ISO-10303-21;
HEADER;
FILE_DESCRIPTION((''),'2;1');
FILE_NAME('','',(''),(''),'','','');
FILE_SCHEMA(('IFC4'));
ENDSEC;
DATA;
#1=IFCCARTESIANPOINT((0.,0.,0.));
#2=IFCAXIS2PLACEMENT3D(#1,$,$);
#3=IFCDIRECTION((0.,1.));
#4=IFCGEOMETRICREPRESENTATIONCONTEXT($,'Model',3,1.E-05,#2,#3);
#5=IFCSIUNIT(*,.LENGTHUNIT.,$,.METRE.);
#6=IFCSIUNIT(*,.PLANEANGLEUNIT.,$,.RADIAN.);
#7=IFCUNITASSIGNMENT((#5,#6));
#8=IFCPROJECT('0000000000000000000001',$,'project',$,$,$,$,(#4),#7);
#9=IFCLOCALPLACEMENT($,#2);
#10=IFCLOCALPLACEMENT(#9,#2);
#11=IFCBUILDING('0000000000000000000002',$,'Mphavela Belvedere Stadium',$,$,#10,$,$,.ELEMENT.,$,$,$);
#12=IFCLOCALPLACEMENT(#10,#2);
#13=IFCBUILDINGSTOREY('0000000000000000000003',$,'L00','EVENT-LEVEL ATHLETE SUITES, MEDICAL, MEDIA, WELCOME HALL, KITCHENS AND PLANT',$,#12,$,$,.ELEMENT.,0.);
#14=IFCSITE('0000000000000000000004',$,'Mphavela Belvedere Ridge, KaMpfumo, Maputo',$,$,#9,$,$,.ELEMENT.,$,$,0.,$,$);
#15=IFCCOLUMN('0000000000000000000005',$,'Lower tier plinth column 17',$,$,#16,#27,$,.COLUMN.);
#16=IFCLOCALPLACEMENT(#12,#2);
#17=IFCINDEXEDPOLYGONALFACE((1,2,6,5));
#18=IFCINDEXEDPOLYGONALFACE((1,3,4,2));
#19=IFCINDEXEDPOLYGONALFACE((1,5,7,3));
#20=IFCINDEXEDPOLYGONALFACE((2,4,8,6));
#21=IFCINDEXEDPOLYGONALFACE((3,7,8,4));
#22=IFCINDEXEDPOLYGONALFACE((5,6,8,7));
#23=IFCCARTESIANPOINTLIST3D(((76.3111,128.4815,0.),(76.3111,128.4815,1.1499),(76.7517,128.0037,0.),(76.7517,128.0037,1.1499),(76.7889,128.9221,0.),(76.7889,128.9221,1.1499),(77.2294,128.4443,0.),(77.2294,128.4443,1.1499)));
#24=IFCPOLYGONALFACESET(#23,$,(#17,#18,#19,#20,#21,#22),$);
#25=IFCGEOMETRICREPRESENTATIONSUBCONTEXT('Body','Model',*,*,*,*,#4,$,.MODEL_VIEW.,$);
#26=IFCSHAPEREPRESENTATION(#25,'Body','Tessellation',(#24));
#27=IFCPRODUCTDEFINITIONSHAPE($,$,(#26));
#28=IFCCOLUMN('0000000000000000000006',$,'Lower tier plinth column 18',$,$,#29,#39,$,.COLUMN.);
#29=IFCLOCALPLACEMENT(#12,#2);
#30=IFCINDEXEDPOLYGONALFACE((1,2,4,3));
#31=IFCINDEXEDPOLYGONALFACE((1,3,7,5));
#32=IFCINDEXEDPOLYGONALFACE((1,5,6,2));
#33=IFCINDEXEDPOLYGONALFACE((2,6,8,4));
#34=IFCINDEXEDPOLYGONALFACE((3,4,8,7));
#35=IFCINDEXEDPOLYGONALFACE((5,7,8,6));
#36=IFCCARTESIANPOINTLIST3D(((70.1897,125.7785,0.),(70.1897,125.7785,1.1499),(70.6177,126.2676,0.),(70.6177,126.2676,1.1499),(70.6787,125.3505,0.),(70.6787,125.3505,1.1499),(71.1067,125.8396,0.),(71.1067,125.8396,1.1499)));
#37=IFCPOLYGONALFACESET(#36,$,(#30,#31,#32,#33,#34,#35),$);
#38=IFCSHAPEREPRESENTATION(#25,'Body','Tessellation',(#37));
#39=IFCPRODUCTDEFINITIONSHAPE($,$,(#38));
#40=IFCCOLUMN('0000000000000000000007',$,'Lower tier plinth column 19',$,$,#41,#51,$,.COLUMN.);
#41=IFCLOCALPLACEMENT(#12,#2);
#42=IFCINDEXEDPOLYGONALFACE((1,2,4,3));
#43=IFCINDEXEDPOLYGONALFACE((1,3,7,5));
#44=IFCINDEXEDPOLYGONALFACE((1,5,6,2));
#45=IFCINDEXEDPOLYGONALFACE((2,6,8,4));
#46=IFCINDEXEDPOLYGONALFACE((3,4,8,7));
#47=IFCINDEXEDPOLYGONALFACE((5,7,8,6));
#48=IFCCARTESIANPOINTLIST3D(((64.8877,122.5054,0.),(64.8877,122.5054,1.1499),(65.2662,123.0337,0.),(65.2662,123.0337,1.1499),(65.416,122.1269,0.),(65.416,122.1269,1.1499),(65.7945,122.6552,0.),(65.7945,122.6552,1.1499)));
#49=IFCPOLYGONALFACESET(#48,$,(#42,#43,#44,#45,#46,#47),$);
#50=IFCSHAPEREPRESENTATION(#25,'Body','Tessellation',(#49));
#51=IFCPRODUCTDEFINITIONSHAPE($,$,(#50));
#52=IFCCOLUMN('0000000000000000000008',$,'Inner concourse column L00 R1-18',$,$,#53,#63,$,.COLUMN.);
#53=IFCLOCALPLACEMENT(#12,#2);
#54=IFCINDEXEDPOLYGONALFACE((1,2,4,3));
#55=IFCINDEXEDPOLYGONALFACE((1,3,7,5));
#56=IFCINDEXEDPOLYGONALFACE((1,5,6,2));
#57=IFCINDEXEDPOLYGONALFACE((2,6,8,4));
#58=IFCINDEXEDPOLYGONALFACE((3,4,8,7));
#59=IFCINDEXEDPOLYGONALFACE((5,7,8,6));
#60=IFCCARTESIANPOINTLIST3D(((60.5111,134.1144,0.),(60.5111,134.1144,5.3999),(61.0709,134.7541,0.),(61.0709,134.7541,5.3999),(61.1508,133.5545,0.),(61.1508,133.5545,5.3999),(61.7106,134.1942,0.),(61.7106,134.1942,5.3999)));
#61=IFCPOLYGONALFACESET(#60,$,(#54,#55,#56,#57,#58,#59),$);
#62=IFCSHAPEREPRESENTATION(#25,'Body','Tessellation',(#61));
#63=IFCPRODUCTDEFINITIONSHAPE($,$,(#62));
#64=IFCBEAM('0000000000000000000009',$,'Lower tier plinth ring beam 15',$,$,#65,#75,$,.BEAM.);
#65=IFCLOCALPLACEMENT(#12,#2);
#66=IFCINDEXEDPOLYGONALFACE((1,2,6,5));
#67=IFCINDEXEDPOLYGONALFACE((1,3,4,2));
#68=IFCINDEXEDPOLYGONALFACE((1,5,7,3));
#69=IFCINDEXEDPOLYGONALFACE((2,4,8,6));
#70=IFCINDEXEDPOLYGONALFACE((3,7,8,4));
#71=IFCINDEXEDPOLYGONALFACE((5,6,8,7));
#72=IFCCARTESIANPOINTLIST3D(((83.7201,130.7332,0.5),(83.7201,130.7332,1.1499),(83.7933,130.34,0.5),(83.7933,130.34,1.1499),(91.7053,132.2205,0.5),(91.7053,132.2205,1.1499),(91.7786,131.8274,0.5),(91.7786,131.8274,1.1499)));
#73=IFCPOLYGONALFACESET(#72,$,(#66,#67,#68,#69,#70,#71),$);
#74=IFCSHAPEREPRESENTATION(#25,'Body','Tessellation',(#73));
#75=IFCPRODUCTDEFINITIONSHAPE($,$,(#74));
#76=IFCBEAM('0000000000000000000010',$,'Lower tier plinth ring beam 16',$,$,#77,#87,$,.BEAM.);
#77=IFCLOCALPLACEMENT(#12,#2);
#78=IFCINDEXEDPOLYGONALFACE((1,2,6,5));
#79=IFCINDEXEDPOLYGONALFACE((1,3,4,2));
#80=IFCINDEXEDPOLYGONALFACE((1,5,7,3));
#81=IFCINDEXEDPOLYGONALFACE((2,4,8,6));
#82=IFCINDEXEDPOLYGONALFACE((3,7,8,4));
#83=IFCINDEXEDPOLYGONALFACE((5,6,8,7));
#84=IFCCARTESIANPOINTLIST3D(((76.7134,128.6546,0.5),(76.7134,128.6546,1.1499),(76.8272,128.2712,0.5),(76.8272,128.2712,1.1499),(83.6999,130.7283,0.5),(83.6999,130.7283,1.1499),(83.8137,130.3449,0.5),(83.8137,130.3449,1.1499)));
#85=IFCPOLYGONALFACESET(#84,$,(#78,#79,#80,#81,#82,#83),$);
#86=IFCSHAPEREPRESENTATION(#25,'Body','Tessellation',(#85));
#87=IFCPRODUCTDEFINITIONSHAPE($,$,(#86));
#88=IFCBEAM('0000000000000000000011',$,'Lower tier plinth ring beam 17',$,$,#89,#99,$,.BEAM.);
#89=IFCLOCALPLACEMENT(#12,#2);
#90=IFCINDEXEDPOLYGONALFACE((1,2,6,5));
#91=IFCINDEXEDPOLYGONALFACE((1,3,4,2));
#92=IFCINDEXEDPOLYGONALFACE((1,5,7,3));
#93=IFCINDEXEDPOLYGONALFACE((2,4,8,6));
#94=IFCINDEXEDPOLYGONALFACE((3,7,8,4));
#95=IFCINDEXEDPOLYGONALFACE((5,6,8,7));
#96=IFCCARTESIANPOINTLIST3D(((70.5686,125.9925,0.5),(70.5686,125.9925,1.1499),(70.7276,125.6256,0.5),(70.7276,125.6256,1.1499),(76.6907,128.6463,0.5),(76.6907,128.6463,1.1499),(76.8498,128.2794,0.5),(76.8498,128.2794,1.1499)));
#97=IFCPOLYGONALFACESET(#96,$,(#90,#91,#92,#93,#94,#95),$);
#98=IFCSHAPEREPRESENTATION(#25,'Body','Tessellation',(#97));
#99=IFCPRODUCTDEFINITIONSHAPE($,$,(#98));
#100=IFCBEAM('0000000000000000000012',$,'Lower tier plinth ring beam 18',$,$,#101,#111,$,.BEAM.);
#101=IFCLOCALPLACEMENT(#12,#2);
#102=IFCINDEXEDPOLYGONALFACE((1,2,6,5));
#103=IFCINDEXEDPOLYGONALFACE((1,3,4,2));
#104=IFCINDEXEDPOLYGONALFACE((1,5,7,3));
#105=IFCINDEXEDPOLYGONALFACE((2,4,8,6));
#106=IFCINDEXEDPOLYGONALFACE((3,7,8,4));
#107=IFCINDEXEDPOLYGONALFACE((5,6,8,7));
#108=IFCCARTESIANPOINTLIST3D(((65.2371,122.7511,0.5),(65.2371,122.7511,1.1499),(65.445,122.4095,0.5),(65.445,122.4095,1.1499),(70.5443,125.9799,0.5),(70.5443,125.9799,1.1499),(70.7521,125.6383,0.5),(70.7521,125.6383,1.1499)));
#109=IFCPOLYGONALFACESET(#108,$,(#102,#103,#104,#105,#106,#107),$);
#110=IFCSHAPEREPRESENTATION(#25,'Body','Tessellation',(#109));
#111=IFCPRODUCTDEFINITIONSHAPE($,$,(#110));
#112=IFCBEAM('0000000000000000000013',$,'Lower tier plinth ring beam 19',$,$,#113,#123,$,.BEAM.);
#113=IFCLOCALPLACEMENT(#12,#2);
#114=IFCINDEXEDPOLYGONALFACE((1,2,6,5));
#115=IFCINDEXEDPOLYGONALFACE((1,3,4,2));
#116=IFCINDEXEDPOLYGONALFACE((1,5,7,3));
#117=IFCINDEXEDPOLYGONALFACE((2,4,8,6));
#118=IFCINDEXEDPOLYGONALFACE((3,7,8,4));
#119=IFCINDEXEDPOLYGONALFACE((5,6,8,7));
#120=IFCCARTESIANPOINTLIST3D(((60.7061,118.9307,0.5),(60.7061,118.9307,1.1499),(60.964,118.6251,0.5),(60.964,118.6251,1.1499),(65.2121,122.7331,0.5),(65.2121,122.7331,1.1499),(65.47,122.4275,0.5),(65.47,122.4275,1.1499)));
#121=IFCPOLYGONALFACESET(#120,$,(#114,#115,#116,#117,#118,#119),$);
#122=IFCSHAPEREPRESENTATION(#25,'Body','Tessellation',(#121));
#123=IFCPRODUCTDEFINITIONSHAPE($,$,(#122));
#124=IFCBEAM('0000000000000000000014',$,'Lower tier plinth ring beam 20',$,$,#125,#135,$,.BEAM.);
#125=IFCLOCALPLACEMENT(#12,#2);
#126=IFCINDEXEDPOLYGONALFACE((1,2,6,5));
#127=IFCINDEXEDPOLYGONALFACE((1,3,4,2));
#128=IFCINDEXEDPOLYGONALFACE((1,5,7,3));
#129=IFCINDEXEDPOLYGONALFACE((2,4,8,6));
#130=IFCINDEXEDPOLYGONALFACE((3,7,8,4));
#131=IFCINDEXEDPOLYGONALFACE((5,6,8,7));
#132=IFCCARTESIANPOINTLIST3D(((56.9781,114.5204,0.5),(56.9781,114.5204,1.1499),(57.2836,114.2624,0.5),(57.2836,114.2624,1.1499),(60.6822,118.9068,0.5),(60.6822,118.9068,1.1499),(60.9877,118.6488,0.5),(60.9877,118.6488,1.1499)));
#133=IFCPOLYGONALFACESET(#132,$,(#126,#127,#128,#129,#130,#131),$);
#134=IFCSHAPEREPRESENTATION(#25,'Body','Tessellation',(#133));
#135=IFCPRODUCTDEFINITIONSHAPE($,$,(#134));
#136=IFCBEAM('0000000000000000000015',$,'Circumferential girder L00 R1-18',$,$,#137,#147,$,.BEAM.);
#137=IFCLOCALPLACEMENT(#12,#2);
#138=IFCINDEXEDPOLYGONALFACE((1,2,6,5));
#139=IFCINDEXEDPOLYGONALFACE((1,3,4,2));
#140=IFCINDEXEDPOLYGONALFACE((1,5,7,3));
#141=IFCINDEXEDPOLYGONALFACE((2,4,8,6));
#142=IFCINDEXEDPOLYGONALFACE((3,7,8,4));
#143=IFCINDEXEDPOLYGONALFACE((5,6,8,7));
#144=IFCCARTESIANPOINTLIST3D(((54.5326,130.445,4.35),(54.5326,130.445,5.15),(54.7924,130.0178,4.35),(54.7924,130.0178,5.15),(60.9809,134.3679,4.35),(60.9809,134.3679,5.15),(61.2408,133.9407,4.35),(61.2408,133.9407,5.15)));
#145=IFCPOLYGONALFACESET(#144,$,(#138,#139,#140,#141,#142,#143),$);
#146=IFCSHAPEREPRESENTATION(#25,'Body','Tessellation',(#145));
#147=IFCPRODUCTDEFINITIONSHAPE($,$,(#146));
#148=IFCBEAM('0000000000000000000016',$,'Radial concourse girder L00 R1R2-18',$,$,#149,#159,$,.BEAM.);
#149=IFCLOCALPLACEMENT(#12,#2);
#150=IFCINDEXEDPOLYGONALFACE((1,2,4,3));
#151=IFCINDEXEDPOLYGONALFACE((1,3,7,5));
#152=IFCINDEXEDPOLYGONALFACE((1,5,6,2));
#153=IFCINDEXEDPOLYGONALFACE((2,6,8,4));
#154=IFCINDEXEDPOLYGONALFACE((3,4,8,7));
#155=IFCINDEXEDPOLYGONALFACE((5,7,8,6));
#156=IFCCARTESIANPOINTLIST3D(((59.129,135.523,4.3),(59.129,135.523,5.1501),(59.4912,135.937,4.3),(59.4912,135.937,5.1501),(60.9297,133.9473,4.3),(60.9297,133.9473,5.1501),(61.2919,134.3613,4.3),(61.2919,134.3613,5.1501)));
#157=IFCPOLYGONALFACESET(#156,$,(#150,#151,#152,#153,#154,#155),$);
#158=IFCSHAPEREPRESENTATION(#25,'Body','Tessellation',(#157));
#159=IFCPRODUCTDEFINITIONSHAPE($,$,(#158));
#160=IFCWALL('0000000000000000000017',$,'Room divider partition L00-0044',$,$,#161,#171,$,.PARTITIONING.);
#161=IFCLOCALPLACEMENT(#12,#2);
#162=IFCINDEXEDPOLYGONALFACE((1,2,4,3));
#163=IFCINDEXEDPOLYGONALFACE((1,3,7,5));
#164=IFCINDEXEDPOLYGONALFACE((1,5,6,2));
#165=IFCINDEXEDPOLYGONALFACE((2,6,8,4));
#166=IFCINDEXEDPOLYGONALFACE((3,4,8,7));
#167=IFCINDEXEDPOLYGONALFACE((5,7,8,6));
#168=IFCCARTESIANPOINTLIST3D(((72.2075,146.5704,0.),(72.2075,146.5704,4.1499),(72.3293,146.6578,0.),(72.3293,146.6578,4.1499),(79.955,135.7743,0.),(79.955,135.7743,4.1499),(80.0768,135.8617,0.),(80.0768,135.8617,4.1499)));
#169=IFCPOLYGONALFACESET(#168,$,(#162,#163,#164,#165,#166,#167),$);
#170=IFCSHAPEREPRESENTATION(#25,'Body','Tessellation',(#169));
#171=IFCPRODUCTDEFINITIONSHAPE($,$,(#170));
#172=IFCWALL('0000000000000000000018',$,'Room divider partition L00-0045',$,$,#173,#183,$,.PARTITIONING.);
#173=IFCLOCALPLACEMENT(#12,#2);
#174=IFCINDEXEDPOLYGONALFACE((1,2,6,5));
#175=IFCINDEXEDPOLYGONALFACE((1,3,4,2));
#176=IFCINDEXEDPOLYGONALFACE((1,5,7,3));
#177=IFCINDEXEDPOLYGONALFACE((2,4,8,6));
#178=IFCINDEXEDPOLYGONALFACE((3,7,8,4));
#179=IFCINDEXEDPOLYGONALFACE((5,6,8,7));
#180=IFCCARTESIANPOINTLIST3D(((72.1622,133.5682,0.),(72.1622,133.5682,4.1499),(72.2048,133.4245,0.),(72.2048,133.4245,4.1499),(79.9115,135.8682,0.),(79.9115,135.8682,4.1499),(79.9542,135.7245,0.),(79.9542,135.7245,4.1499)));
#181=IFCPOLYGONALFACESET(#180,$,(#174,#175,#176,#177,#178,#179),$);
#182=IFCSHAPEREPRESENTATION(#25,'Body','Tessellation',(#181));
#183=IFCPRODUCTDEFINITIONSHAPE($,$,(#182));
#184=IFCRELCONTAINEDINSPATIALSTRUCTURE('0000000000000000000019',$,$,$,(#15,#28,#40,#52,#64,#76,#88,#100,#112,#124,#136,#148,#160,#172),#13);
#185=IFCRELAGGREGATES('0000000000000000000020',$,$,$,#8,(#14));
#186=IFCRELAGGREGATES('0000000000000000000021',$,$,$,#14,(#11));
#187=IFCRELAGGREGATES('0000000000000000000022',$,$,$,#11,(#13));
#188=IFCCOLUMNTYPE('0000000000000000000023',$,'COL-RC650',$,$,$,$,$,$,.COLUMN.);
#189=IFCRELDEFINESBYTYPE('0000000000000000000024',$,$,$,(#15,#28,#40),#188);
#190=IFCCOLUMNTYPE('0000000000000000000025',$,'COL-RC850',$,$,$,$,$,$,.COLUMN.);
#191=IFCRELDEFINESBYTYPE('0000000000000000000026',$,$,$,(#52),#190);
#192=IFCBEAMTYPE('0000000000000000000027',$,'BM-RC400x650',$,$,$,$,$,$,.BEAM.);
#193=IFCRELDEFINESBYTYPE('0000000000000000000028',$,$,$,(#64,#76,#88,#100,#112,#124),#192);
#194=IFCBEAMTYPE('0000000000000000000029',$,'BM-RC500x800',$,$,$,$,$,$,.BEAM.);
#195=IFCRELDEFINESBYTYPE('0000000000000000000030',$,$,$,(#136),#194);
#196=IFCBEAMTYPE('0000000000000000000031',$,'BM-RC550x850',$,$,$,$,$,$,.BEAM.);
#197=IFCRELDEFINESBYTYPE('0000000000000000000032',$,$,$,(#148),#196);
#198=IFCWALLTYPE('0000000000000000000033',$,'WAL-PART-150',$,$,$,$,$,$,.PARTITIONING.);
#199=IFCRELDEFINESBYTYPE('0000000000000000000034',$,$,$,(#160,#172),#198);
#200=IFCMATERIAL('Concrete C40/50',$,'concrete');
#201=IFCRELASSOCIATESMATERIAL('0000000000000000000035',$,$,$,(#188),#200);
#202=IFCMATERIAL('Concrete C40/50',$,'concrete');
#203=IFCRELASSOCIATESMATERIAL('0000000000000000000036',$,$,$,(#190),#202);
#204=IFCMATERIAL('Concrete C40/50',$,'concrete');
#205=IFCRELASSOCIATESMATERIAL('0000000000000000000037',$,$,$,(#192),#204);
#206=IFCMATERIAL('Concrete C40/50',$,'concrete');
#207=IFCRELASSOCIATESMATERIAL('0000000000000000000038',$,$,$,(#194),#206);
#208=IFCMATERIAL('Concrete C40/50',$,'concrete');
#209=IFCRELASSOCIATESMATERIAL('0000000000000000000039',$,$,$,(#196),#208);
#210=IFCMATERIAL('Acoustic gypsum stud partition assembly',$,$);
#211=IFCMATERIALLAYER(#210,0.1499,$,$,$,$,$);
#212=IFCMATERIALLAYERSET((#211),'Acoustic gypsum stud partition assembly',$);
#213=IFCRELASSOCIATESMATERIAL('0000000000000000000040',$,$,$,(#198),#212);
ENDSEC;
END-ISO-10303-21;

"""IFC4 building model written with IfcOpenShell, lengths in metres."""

from ifc_helpers import new_model, si_unit, direction, frame, frame_2d, origin, origin_2d, place, context, subcontext, project, spatial, rectangle, extrude, material, layer, layer_set, material_profile, profile_set, type_object, element, save


model = new_model("IFC4")

# Units and contexts
model_context = context("Model", 3, precision=1e-05, world=origin(), true_north=direction((0.0, 1.0)))
body_context = subcontext(model_context, "Body", "Model", "MODEL_VIEW")
ifc_project = project(units=[si_unit("LENGTHUNIT", "METRE"), si_unit("PLANEANGLEUNIT", "RADIAN")], contexts=[model_context])

# Site, building, storey
site_placement = place(None, origin())
site = spatial("IfcSite", under=ifc_project, at=site_placement, Name="Mphavela Belvedere Ridge, KaMpfumo, Maputo", CompositionType="ELEMENT", RefElevation=0.0)
building_placement = place(site_placement, origin())
building = spatial("IfcBuilding", under=site, at=building_placement, Name="Mphavela Belvedere Stadium", CompositionType="ELEMENT")
storey_placement = place(building_placement, origin())
storey = spatial("IfcBuildingStorey", under=building, at=storey_placement, Name="L00", Description="EVENT-LEVEL ATHLETE SUITES, MEDICAL, MEDIA, WELCOME HALL, KITCHENS AND PLANT", CompositionType="ELEMENT", Elevation=0.0)

# Columns
ifc_material_1 = material(Name="Concrete C40/50", Category="concrete")
ifc_material_profile_1 = material_profile(ifc_material_1, rectangle(XDim=0.6499, YDim=0.6499, at=origin_2d()), Name="RC 650x650")
ifc_profile_set_1 = profile_set([ifc_material_profile_1], Name="Concrete C40/50")
column_type_1 = type_object("IfcColumnType", Name="COL-RC650", PredefinedType="COLUMN", material=ifc_profile_set_1)
for number, where, z_axis, x_axis, name in (
    (1, (76.7703, 128.4629, 0.0), (0.0, 0.0, 1.0), (-0.677903, 0.735151, 0.0), "Lower tier plinth column 17"),
    (2, (70.6482, 125.8091, 0.0), (0.0, 0.0, 1.0), (-0.75253, 0.658558, 0.0), "Lower tier plinth column 18"),
    (3, (65.3411, 122.5803, 0.0), (0.0, 0.0, 1.0), (-0.812898, 0.582407, 0.0), "Lower tier plinth column 19"),
):
    element("IfcColumn", number, at=place(storey_placement, frame(where, z_axis=z_axis, x_axis=x_axis)), inside=storey, type_object=column_type_1, Name=name, PredefinedType="COLUMN", context=body_context, shape_type="SweptSolid", body=[
        extrude(rectangle(XDim=0.6499, YDim=0.6499, at=origin_2d()), origin(), (0.0, 0.0, 1.0), 1.1499),
    ])
ifc_material_2 = material(Name="Concrete C40/50", Category="concrete")
ifc_material_profile_2 = material_profile(ifc_material_2, rectangle(XDim=0.8501, YDim=0.8501, at=origin_2d()), Name="RC 850x850")
ifc_profile_set_2 = profile_set([ifc_material_profile_2], Name="Concrete C40/50")
column_type_2 = type_object("IfcColumnType", Name="COL-RC850", PredefinedType="COLUMN", material=ifc_profile_set_2)
column_placement = place(storey_placement, frame((61.1108, 134.1543, 0.0), z_axis=(0.0, 0.0, 1.0), x_axis=(-0.75253, 0.658558, 0.0)))
element("IfcColumn", 4, at=column_placement, inside=storey, type_object=column_type_2, Name="Inner concourse column L00 R1-18", PredefinedType="COLUMN", context=body_context, shape_type="SweptSolid", body=[
    extrude(rectangle(XDim=0.8501, YDim=0.8501, at=origin_2d()), origin(), (0.0, 0.0, 1.0), 5.3999),
])

# Beams
ifc_material_3 = material(Name="Concrete C40/50", Category="concrete")
ifc_material_profile_3 = material_profile(ifc_material_3, rectangle(XDim=0.3999, YDim=0.6499, at=origin_2d()), Name="RC 400x650")
ifc_profile_set_3 = profile_set([ifc_material_profile_3], Name="Concrete C40/50")
beam_type_1 = type_object("IfcBeamType", Name="BM-RC400x650", PredefinedType="BEAM", material=ifc_profile_set_3)
beam_1_placement = place(storey_placement, frame((91.7419, 132.0239, 0.825), z_axis=(-0.983092, -0.183111, 0.0), x_axis=(0.183111, -0.983092, 0.0)))
element("IfcBeam", 5, at=beam_1_placement, inside=storey, type_object=beam_type_1, Name="Lower tier plinth ring beam 15", PredefinedType="BEAM", context=body_context, shape_type="SweptSolid", body=[
    extrude(rectangle(XDim=0.3999, YDim=0.6499, at=origin_2d()), origin(), (0.0, 0.0, 1.0), 8.1226),
])
beam_2_placement = place(storey_placement, frame((83.7568, 130.5366, 0.825), z_axis=(-0.958662, -0.284547, 0.0), x_axis=(0.284547, -0.958662, 0.0)))
element("IfcBeam", 6, at=beam_2_placement, inside=storey, type_object=beam_type_1, Name="Lower tier plinth ring beam 16", PredefinedType="BEAM", context=body_context, shape_type="SweptSolid", body=[
    extrude(rectangle(XDim=0.3999, YDim=0.6499, at=origin_2d()), origin(), (0.0, 0.0, 1.0), 7.2878),
])
beam_3_placement = place(storey_placement, frame((76.7703, 128.4629, 0.825), z_axis=(-0.917506, -0.397722, 0.0), x_axis=(0.397722, -0.917506, 0.0)))
element("IfcBeam", 7, at=beam_3_placement, inside=storey, type_object=beam_type_1, Name="Lower tier plinth ring beam 17", PredefinedType="BEAM", context=body_context, shape_type="SweptSolid", body=[
    extrude(rectangle(XDim=0.3999, YDim=0.6499, at=origin_2d()), origin(), (0.0, 0.0, 1.0), 6.6726),
])
beam_4_placement = place(storey_placement, frame((70.6482, 125.8091, 0.825), z_axis=(-0.854318, -0.519751, 0.0), x_axis=(0.519751, -0.854318, 0.0)))
element("IfcBeam", 8, at=beam_4_placement, inside=storey, type_object=beam_type_1, Name="Lower tier plinth ring beam 18", PredefinedType="BEAM", context=body_context, shape_type="SweptSolid", body=[
    extrude(rectangle(XDim=0.3999, YDim=0.6499, at=origin_2d()), origin(), (0.0, 0.0, 1.0), 6.2122),
])
beam_5_placement = place(storey_placement, frame((65.3411, 122.5803, 0.825), z_axis=(-0.764253, -0.644917, 0.0), x_axis=(0.644917, -0.764253, 0.0)))
element("IfcBeam", 9, at=beam_5_placement, inside=storey, type_object=beam_type_1, Name="Lower tier plinth ring beam 19", PredefinedType="BEAM", context=body_context, shape_type="SweptSolid", body=[
    extrude(rectangle(XDim=0.3999, YDim=0.6499, at=origin_2d()), origin(), (0.0, 0.0, 1.0), 5.896),
])
beam_6_placement = place(storey_placement, frame((60.835, 118.7778, 0.825), z_axis=(-0.645178, -0.764033, 0.0), x_axis=(0.764033, -0.645178, 0.0)))
element("IfcBeam", 10, at=beam_6_placement, inside=storey, type_object=beam_type_1, Name="Lower tier plinth ring beam 20", PredefinedType="BEAM", context=body_context, shape_type="SweptSolid", body=[
    extrude(rectangle(XDim=0.3999, YDim=0.6499, at=origin_2d()), origin(), (0.0, 0.0, 1.0), 5.7412),
])
ifc_material_4 = material(Name="Concrete C40/50", Category="concrete")
ifc_material_profile_4 = material_profile(ifc_material_4, rectangle(XDim=0.5, YDim=0.8, at=origin_2d()), Name="RC 500x800")
ifc_profile_set_4 = profile_set([ifc_material_profile_4], Name="Concrete C40/50")
beam_type_2 = type_object("IfcBeamType", Name="BM-RC500x800", PredefinedType="BEAM", material=ifc_profile_set_4)
beam_7_placement = place(storey_placement, frame((61.1108, 134.1543, 4.75), z_axis=(-0.854326, -0.519738, 0.0), x_axis=(0.519738, -0.854326, 0.0)))
element("IfcBeam", 11, at=beam_7_placement, inside=storey, type_object=beam_type_2, Name="Circumferential girder L00 R1-18", PredefinedType="BEAM", context=body_context, shape_type="SweptSolid", body=[
    extrude(rectangle(XDim=0.5, YDim=0.8, at=origin_2d()), origin(), (0.0, 0.0, 1.0), 7.5479),
])
ifc_material_5 = material(Name="Concrete C40/50", Category="concrete")
ifc_material_profile_5 = material_profile(ifc_material_5, rectangle(XDim=0.55, YDim=0.8501, at=origin_2d()), Name="RC 550x850")
ifc_profile_set_5 = profile_set([ifc_material_profile_5], Name="Concrete C40/50")
beam_type_3 = type_object("IfcBeamType", Name="BM-RC550x850", PredefinedType="BEAM", material=ifc_profile_set_5)
beam_8_placement = place(storey_placement, frame((61.1108, 134.1543, 4.7251), z_axis=(-0.752577, 0.658505, 0.0), x_axis=(-0.658505, -0.752577, 0.0)))
element("IfcBeam", 12, at=beam_8_placement, inside=storey, type_object=beam_type_3, Name="Radial concourse girder L00 R1R2-18", PredefinedType="BEAM", context=body_context, shape_type="SweptSolid", body=[
    extrude(rectangle(XDim=0.55, YDim=0.8501, at=origin_2d()), origin(), (0.0, 0.0, 1.0), 2.3928),
])

# Walls
ifc_material_6 = material(Name="Acoustic gypsum stud partition assembly")
ifc_layer = layer(ifc_material_6, 0.1499)
ifc_layer_set = layer_set([ifc_layer], Name="Acoustic gypsum stud partition assembly")
wall_type = type_object("IfcWallType", Name="WAL-PART-150", PredefinedType="PARTITIONING", material=ifc_layer_set)
wall_1_placement = place(storey_placement, frame((80.0159, 135.8181, 0.0), z_axis=(0.0, 0.0, 1.0), x_axis=(-0.583032, 0.812449, 0.0)))
element("IfcWall", 13, at=wall_1_placement, inside=storey, type_object=wall_type, Name="Room divider partition L00-0044", PredefinedType="PARTITIONING", context=body_context, shape_type="SweptSolid", body=[
    extrude(rectangle(XDim=13.2883, YDim=0.1499, at=frame_2d((6.644, 0.0))), origin(), (0.0, 0.0, 1.0), 4.1499),
])
wall_2_placement = place(storey_placement, frame((79.9329, 135.7964, 0.0), z_axis=(0.0, 0.0, 1.0), x_axis=(-0.958664, -0.28454, 0.0)))
element("IfcWall", 14, at=wall_2_placement, inside=storey, type_object=wall_type, Name="Room divider partition L00-0045", PredefinedType="PARTITIONING", context=body_context, shape_type="SweptSolid", body=[
    extrude(rectangle(XDim=8.0835, YDim=0.1499, at=frame_2d((4.0417, 0.0))), origin(), (0.0, 0.0, 1.0), 4.1499),
])

save(model, "model.ifc")
